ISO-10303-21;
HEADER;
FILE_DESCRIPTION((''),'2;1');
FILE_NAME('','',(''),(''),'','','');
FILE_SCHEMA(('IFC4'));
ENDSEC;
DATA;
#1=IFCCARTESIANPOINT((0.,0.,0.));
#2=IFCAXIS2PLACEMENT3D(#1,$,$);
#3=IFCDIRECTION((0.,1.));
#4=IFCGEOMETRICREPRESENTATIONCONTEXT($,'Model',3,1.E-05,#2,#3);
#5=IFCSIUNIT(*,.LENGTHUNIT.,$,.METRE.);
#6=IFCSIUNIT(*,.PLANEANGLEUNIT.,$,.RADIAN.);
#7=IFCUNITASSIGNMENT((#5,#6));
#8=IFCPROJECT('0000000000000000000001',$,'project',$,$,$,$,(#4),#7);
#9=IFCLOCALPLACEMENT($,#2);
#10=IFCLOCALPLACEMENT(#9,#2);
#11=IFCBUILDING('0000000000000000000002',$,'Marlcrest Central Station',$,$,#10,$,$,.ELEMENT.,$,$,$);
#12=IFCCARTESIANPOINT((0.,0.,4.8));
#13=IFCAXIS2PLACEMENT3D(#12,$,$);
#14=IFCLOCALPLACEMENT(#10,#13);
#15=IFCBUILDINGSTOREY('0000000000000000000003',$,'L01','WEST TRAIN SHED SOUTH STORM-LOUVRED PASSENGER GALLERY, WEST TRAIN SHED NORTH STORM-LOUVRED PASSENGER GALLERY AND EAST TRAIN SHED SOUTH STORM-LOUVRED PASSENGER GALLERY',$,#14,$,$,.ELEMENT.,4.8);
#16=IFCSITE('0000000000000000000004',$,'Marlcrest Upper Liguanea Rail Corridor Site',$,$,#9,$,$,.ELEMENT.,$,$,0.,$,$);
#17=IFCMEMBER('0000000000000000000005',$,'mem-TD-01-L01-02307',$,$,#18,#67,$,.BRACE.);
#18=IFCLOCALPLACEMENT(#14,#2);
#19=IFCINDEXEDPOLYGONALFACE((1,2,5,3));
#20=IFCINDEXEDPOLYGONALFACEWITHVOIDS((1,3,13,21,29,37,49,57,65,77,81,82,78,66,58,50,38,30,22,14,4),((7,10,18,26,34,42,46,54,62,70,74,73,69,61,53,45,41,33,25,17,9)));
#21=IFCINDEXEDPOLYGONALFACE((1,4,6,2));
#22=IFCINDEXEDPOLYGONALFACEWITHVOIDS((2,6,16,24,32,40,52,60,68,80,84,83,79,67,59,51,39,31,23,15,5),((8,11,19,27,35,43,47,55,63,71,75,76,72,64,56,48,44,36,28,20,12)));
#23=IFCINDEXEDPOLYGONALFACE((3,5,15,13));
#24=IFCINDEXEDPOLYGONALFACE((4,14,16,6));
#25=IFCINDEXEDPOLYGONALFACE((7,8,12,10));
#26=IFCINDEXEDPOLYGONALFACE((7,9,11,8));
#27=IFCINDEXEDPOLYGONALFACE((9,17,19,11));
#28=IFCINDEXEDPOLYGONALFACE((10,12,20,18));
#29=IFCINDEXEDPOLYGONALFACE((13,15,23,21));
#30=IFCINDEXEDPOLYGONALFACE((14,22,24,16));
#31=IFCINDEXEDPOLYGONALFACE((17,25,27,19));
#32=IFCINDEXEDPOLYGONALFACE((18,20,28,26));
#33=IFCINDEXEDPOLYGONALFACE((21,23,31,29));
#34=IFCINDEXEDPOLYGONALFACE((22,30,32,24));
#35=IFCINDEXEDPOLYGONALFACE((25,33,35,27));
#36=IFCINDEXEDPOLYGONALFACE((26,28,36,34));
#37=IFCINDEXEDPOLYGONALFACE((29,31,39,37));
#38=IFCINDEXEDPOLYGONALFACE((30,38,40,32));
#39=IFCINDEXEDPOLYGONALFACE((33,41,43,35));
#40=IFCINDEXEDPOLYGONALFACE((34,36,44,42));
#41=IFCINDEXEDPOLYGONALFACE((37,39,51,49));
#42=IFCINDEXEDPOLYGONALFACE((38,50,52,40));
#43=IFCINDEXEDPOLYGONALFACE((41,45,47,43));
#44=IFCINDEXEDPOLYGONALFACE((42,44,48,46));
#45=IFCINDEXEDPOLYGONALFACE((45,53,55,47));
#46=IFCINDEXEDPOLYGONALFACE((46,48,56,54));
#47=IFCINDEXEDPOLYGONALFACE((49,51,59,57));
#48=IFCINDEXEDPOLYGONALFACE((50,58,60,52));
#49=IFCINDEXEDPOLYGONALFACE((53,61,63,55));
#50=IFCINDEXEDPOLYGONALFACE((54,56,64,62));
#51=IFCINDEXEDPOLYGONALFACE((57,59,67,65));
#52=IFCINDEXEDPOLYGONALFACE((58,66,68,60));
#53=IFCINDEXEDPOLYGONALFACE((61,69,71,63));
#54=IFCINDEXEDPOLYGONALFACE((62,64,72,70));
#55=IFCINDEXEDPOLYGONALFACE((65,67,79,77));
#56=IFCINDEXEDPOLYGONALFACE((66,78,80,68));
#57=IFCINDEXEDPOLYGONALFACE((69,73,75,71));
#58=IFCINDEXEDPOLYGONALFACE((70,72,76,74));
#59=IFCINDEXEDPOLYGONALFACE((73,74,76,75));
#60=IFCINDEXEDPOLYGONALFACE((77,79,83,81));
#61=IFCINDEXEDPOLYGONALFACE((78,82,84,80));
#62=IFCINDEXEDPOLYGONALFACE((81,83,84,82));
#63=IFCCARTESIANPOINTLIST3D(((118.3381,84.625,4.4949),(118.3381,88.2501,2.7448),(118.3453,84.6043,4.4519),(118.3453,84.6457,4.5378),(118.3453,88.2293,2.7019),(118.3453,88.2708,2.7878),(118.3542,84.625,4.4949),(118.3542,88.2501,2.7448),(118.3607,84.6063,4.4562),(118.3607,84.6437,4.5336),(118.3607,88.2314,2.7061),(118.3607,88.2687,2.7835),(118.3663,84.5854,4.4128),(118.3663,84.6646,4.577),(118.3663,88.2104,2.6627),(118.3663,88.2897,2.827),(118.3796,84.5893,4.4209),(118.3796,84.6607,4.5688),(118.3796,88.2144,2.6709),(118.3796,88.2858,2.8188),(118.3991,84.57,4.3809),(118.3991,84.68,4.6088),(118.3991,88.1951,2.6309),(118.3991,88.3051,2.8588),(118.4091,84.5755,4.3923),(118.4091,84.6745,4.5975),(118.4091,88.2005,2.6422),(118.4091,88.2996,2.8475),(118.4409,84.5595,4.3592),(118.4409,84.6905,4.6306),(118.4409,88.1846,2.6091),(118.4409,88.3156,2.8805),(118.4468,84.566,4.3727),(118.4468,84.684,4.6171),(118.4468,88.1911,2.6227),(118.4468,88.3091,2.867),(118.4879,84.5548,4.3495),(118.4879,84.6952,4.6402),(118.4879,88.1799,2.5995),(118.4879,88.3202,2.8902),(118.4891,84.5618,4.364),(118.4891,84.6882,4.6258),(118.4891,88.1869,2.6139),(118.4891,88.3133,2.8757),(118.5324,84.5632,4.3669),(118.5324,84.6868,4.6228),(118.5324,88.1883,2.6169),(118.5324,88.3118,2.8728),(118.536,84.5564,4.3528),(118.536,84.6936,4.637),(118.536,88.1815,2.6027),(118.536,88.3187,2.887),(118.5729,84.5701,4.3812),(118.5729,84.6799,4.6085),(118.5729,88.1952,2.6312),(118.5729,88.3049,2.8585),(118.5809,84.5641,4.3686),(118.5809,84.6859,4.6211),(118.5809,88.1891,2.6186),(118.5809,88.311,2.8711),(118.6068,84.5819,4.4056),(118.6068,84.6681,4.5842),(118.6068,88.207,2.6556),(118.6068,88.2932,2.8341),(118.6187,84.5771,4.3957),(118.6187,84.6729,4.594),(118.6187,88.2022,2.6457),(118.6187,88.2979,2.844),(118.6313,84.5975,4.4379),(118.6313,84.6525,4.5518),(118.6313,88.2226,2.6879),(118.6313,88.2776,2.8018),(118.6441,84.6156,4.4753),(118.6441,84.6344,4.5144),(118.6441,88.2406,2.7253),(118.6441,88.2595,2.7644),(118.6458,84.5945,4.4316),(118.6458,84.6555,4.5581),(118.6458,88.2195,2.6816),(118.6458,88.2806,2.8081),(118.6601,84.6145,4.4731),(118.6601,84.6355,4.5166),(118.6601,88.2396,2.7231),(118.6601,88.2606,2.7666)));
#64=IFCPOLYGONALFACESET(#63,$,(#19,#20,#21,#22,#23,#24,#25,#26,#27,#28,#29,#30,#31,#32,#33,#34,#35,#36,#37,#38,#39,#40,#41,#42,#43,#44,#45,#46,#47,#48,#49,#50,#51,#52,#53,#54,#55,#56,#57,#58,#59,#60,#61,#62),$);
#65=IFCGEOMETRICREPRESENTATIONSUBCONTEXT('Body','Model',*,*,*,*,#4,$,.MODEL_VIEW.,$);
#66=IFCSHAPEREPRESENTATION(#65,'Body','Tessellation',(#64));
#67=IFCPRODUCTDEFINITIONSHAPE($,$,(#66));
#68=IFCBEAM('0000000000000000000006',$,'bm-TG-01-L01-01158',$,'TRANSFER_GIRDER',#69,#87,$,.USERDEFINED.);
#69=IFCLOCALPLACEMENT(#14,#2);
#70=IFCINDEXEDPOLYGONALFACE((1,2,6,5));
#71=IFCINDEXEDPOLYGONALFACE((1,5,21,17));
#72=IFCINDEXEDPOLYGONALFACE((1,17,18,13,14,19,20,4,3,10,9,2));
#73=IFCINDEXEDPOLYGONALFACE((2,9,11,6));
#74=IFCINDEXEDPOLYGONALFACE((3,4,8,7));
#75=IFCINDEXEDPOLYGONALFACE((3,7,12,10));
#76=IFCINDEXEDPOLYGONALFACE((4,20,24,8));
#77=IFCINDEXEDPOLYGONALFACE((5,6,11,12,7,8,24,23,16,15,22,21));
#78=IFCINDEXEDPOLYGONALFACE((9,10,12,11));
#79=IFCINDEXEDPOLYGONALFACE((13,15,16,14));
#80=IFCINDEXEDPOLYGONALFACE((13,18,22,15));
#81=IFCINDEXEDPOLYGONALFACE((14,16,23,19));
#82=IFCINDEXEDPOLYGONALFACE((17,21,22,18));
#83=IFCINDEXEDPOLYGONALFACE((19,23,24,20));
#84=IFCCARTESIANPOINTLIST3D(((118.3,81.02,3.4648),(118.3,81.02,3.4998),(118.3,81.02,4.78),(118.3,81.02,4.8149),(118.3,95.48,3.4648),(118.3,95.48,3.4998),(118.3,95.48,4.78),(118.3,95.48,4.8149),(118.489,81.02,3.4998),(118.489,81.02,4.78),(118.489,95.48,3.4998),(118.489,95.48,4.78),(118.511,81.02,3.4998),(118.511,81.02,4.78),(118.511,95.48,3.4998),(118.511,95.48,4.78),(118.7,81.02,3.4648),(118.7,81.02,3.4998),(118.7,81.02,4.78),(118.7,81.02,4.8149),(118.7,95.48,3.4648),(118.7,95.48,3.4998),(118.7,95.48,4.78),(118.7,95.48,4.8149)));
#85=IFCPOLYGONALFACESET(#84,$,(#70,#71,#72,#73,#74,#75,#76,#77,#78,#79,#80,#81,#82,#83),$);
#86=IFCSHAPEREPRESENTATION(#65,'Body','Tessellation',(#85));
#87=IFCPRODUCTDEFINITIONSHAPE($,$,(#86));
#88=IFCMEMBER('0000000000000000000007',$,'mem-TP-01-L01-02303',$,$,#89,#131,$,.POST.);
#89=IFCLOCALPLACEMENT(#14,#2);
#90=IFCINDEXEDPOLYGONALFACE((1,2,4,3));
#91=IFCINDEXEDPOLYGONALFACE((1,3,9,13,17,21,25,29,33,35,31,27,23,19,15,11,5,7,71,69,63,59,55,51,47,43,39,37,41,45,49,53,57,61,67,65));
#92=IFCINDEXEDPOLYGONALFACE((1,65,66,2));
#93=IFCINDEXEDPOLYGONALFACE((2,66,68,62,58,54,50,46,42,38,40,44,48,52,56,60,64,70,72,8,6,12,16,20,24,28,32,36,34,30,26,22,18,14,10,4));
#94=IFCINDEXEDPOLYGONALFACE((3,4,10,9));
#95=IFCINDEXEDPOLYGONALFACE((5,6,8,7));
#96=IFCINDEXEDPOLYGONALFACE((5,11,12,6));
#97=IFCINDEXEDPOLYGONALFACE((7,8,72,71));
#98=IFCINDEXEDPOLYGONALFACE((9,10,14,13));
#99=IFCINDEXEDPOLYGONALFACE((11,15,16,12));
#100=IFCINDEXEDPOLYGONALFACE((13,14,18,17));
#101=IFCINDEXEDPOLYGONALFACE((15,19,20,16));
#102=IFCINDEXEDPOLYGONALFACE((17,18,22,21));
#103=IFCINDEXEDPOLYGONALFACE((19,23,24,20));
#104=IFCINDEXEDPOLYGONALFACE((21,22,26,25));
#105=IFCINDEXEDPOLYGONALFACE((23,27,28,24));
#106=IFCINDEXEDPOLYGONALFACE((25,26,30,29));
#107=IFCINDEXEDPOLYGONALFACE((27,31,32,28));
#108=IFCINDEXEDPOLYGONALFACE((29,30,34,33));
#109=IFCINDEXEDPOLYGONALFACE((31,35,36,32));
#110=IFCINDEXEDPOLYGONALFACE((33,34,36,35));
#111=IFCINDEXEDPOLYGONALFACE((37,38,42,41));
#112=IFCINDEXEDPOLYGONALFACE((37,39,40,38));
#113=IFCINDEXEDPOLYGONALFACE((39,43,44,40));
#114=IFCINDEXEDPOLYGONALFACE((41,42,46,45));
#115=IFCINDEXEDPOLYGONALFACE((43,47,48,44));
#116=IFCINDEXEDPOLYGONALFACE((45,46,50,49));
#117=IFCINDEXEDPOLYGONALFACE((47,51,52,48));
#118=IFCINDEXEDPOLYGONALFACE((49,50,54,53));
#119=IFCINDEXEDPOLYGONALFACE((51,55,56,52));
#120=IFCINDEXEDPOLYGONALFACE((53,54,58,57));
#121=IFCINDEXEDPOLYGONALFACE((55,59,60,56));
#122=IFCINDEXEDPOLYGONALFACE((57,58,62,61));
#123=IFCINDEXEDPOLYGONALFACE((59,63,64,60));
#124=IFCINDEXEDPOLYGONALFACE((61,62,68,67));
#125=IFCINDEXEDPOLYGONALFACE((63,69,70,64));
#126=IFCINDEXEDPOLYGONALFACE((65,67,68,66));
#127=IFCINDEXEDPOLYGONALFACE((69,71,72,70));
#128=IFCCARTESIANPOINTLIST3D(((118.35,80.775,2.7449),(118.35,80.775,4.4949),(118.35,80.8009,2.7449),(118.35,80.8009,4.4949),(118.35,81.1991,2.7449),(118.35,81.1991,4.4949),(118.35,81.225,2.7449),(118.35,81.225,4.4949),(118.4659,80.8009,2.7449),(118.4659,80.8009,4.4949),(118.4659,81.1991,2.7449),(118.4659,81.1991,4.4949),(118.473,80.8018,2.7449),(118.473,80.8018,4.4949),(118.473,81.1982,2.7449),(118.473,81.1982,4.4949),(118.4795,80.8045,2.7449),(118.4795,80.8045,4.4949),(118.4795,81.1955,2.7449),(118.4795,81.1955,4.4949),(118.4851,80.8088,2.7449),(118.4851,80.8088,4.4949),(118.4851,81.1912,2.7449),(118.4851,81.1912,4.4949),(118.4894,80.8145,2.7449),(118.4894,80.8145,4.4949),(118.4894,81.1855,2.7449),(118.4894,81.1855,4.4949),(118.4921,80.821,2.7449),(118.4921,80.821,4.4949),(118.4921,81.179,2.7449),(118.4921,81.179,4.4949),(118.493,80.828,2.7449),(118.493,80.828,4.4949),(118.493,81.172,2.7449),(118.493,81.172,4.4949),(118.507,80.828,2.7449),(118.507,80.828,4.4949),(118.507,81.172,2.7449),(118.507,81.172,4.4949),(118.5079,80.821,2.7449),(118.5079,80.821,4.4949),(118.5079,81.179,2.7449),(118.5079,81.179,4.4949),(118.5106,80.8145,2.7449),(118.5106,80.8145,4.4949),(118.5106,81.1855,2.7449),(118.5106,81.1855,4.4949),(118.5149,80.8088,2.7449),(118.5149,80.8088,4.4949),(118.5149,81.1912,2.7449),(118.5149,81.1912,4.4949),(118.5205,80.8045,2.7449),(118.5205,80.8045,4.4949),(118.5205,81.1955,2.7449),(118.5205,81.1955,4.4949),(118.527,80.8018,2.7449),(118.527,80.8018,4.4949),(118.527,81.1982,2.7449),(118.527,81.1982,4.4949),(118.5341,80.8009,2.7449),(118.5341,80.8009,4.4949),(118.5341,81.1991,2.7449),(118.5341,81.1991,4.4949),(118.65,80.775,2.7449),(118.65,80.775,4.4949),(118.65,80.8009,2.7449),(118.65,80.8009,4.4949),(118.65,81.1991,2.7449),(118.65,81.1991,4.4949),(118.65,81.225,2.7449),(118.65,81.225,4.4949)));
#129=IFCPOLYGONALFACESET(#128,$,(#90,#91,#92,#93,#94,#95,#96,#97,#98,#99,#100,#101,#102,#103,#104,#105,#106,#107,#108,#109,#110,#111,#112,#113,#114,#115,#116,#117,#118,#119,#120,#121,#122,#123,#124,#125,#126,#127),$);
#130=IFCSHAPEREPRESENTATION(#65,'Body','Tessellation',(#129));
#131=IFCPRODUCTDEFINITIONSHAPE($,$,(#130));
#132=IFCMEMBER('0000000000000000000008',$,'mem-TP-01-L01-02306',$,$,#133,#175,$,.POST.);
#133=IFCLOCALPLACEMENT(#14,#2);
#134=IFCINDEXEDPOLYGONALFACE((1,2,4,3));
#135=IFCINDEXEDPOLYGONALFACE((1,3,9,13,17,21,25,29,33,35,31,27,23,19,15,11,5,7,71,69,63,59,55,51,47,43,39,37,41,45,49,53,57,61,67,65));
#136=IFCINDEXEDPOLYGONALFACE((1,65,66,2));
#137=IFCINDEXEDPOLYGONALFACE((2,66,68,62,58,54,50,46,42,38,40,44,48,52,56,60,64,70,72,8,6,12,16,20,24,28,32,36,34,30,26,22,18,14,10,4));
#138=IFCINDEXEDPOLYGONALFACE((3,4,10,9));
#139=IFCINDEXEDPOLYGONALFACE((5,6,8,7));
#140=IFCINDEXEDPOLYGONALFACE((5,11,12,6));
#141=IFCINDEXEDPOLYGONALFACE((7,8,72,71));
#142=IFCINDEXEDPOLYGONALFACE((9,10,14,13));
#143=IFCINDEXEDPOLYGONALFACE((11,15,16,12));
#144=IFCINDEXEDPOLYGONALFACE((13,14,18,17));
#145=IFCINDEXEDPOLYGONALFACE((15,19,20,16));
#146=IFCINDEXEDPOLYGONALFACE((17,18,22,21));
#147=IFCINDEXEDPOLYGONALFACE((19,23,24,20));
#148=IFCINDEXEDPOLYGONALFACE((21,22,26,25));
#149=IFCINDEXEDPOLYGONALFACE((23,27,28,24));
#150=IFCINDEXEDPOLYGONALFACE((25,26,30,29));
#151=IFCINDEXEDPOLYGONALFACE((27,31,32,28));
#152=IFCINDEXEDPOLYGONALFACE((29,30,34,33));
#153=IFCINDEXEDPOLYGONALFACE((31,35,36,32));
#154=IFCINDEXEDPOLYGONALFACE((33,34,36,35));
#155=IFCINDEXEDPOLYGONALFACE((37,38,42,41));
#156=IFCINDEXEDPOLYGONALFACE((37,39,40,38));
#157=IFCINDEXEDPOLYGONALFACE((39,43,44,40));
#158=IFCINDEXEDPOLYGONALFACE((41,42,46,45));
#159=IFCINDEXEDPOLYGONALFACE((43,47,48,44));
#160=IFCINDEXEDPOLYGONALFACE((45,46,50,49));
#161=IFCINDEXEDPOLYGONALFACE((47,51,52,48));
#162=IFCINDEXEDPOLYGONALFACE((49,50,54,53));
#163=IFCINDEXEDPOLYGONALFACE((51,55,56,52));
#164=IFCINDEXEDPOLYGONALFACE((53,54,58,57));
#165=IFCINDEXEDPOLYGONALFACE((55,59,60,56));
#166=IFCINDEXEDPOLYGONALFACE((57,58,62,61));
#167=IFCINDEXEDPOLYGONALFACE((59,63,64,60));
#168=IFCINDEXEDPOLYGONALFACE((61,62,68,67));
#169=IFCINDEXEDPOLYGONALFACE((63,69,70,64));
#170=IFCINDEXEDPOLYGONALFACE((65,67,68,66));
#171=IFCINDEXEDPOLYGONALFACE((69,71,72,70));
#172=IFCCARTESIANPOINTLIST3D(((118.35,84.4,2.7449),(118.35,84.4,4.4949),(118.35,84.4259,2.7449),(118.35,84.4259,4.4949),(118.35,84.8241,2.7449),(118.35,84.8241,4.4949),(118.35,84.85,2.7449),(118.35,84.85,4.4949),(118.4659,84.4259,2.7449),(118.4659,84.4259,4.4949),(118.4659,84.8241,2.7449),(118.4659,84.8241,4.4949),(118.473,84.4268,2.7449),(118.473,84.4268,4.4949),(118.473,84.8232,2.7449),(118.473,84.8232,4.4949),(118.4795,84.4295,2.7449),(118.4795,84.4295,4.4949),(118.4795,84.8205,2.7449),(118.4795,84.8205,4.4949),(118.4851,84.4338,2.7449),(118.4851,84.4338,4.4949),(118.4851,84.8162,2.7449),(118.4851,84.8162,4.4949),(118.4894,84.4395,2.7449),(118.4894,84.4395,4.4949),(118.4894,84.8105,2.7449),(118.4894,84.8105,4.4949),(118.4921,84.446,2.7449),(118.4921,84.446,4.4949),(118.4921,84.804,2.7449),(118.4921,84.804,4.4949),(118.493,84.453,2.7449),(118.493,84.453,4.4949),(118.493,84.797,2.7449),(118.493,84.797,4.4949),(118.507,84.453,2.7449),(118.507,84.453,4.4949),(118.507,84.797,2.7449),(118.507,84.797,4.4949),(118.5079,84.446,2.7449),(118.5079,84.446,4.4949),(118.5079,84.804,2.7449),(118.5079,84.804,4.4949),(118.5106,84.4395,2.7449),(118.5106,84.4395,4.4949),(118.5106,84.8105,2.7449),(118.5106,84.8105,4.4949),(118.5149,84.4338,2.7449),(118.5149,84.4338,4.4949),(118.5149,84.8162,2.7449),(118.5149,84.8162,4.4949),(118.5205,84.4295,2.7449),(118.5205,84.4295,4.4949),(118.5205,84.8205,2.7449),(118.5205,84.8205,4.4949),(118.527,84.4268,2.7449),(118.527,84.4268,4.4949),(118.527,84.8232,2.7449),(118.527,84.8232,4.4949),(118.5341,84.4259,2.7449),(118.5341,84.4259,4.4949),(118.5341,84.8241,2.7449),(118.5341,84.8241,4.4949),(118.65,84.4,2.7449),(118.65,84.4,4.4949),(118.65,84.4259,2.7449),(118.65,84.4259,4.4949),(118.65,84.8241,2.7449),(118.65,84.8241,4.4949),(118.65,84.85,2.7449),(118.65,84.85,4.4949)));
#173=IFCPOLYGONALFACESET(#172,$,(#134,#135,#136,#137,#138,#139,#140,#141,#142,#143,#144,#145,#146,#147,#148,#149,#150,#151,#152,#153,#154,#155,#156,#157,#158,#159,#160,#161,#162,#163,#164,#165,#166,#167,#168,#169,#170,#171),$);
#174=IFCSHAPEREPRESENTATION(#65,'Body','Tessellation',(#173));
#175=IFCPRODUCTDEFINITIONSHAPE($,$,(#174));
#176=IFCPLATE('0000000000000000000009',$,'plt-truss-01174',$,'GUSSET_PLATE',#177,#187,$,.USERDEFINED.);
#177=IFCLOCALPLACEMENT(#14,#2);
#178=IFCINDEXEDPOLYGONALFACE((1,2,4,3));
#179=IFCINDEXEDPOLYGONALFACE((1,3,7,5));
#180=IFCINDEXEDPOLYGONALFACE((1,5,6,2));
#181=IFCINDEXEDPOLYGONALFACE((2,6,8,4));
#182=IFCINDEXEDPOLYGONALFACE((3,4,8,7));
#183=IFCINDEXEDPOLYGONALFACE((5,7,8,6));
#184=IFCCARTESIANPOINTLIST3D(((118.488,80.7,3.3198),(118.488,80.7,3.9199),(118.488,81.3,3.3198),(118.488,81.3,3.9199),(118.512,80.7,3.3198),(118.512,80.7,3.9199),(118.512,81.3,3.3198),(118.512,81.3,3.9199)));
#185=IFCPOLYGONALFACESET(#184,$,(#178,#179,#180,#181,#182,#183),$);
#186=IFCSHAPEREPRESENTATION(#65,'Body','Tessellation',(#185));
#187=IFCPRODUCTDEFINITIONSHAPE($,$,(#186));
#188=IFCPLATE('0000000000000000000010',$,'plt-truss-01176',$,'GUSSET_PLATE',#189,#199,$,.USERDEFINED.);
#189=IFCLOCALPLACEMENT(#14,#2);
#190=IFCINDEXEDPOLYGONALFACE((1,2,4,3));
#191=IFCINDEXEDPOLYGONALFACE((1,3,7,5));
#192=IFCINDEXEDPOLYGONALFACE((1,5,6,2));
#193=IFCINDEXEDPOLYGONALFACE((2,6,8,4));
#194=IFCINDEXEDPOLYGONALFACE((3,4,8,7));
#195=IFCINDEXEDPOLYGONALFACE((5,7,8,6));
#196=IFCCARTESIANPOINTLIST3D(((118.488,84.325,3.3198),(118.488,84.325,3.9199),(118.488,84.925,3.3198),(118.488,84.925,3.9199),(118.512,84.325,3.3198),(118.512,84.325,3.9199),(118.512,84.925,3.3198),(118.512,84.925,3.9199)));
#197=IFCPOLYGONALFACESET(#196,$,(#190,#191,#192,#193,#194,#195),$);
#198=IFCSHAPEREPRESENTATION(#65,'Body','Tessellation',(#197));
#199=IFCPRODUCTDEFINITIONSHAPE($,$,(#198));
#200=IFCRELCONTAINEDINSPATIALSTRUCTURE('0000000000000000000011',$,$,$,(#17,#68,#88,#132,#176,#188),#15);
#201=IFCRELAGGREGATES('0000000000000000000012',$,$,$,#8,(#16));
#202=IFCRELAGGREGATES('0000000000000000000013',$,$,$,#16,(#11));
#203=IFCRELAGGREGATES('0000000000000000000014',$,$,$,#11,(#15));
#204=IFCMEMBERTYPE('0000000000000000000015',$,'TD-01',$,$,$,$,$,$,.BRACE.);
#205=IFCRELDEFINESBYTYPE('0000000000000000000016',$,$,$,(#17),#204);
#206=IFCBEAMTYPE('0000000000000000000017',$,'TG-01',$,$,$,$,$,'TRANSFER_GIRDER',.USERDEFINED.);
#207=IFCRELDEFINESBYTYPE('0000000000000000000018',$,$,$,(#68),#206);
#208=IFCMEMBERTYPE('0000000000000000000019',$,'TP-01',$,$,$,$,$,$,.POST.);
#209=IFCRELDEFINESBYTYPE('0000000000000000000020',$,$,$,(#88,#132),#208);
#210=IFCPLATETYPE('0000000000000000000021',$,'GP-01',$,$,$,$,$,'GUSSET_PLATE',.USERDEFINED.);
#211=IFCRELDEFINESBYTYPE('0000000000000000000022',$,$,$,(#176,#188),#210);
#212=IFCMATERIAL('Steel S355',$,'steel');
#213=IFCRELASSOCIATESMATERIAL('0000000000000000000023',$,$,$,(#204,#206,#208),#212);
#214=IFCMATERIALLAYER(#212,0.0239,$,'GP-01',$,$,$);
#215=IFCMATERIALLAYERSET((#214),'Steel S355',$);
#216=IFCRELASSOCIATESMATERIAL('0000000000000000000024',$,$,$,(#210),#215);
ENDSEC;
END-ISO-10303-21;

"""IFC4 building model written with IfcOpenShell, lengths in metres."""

from ifc_helpers import new_model, si_unit, direction, frame, origin, origin_2d, place, context, subcontext, project, spatial, rectangle, hollow_circle, i_section, extrude, material, layer, layer_set, material_profile, profile_set, type_object, element, save


model = new_model("IFC4")

# Units and contexts
model_context = context("Model", 3, precision=1e-05, world=origin(), true_north=direction((0.0, 1.0)))
body_context = subcontext(model_context, "Body", "Model", "MODEL_VIEW")
ifc_project = project(units=[si_unit("LENGTHUNIT", "METRE"), si_unit("PLANEANGLEUNIT", "RADIAN")], contexts=[model_context])

# Site, building, storey
site_placement = place(None, origin())
site = spatial("IfcSite", under=ifc_project, at=site_placement, Name="Marlcrest Upper Liguanea Rail Corridor Site", CompositionType="ELEMENT", RefElevation=0.0)
building_placement = place(site_placement, origin())
building = spatial("IfcBuilding", under=site, at=building_placement, Name="Marlcrest Central Station", CompositionType="ELEMENT")
storey_placement = place(building_placement, frame((0.0, 0.0, 4.8)))
storey = spatial("IfcBuildingStorey", under=building, at=storey_placement, Name="L01", Description="WEST TRAIN SHED SOUTH STORM-LOUVRED PASSENGER GALLERY, WEST TRAIN SHED NORTH STORM-LOUVRED PASSENGER GALLERY AND EAST TRAIN SHED SOUTH STORM-LOUVRED PASSENGER GALLERY", CompositionType="ELEMENT", Elevation=4.8)

# Shared definitions
ifc_material_1 = material(Name="Steel S355", Category="steel")

# Member
ifc_material_profile_1 = material_profile(ifc_material_1, hollow_circle(Radius=0.1619, WallThickness=0.0161, at=origin_2d()), Name="CHS 323.9x16")
ifc_profile_set_1 = profile_set([ifc_material_profile_1], Name="Steel S355")
member_type_1 = type_object("IfcMemberType", Name="TD-01", PredefinedType="BRACE", material=ifc_profile_set_1)
for number, where, z_axis, x_axis, name in (
    (1, (118.5, 84.625, 4.4949), (0.0, 0.900552, -0.434749), (-1.0, 0.0, 0.0), "mem-TD-01-L01-02307"),
):
    element("IfcMember", number, at=place(storey_placement, frame(where, z_axis=z_axis, x_axis=x_axis)), inside=storey, type_object=member_type_1, Name=name, PredefinedType="BRACE", context=body_context, shape_type="SweptSolid", body=[
        extrude(hollow_circle(Radius=0.1619, WallThickness=0.0161, at=origin_2d()), origin(), (0.0, 0.0, 1.0), 4.0254),
    ])

# Beam
ifc_material_profile_2 = material_profile(ifc_material_1, i_section(OverallWidth=0.3999, OverallDepth=1.3501, WebThickness=0.022, FlangeThickness=0.0349, at=origin_2d()), Name="PG 1350x400")
ifc_profile_set_2 = profile_set([ifc_material_profile_2], Name="Steel S355")
beam_type_1 = type_object("IfcBeamType", Name="TG-01", ElementType="TRANSFER_GIRDER", PredefinedType="USERDEFINED", material=ifc_profile_set_2)
beam_1_placement = place(storey_placement, frame((118.5, 81.02, 4.1399), z_axis=(0.0, 1.0, 0.0), x_axis=(-1.0, 0.0, 0.0)))
element("IfcBeam", 2, at=beam_1_placement, inside=storey, type_object=beam_type_1, Name="bm-TG-01-L01-01158", ObjectType="TRANSFER_GIRDER", PredefinedType="USERDEFINED", context=body_context, shape_type="SweptSolid", body=[
    extrude(i_section(OverallWidth=0.3999, OverallDepth=1.3501, WebThickness=0.022, FlangeThickness=0.0349, at=origin_2d()), origin(), (0.0, 0.0, 1.0), 14.46),
])

# Members
ifc_material_profile_3 = material_profile(ifc_material_1, i_section(OverallWidth=0.3, OverallDepth=0.45, WebThickness=0.0139, FlangeThickness=0.0259, FilletRadius=0.0271, at=origin_2d()), Name="HEB 450")
ifc_profile_set_3 = profile_set([ifc_material_profile_3], Name="Steel S355")
member_type_2 = type_object("IfcMemberType", Name="TP-01", PredefinedType="POST", material=ifc_profile_set_3)
for number, where, z_axis, x_axis, name in (
    (3, (118.5, 81.0, 2.7449), (0.0, 0.0, 1.0), (1.0, 0.0, 0.0), "mem-TP-01-L01-02303"),
    (4, (118.5, 84.625, 2.7449), (0.0, 0.0, 1.0), (1.0, 0.0, 0.0), "mem-TP-01-L01-02306"),
):
    element("IfcMember", number, at=place(storey_placement, frame(where, z_axis=z_axis, x_axis=x_axis)), inside=storey, type_object=member_type_2, Name=name, PredefinedType="POST", context=body_context, shape_type="SweptSolid", body=[
        extrude(i_section(OverallWidth=0.3, OverallDepth=0.45, WebThickness=0.0139, FlangeThickness=0.0259, FilletRadius=0.0271, at=origin_2d()), origin(), (0.0, 0.0, 1.0), 1.75),
    ])

# Plates
ifc_layer_1 = layer(ifc_material_1, 0.0239, Name="GP-01")
ifc_layer_set_1 = layer_set([ifc_layer_1], Name="Steel S355")
plate_type_1 = type_object("IfcPlateType", Name="GP-01", ElementType="GUSSET_PLATE", PredefinedType="USERDEFINED", material=ifc_layer_set_1)
for number, where, z_axis, x_axis, name in (
    (5, (118.5, 81.0, 3.3198), (0.0, 0.0, 1.0), (1.0, 0.0, 0.0), "plt-truss-01174"),
    (6, (118.5, 84.625, 3.3198), (0.0, 0.0, 1.0), (1.0, 0.0, 0.0), "plt-truss-01176"),
):
    element("IfcPlate", number, at=place(storey_placement, frame(where, z_axis=z_axis, x_axis=x_axis)), inside=storey, type_object=plate_type_1, Name=name, ObjectType="GUSSET_PLATE", PredefinedType="USERDEFINED", context=body_context, shape_type="SweptSolid", body=[
        extrude(rectangle(XDim=0.0239, YDim=0.6001, at=origin_2d()), origin(), (0.0, 0.0, 1.0), 0.6001),
    ])

save(model, "model.ifc")
